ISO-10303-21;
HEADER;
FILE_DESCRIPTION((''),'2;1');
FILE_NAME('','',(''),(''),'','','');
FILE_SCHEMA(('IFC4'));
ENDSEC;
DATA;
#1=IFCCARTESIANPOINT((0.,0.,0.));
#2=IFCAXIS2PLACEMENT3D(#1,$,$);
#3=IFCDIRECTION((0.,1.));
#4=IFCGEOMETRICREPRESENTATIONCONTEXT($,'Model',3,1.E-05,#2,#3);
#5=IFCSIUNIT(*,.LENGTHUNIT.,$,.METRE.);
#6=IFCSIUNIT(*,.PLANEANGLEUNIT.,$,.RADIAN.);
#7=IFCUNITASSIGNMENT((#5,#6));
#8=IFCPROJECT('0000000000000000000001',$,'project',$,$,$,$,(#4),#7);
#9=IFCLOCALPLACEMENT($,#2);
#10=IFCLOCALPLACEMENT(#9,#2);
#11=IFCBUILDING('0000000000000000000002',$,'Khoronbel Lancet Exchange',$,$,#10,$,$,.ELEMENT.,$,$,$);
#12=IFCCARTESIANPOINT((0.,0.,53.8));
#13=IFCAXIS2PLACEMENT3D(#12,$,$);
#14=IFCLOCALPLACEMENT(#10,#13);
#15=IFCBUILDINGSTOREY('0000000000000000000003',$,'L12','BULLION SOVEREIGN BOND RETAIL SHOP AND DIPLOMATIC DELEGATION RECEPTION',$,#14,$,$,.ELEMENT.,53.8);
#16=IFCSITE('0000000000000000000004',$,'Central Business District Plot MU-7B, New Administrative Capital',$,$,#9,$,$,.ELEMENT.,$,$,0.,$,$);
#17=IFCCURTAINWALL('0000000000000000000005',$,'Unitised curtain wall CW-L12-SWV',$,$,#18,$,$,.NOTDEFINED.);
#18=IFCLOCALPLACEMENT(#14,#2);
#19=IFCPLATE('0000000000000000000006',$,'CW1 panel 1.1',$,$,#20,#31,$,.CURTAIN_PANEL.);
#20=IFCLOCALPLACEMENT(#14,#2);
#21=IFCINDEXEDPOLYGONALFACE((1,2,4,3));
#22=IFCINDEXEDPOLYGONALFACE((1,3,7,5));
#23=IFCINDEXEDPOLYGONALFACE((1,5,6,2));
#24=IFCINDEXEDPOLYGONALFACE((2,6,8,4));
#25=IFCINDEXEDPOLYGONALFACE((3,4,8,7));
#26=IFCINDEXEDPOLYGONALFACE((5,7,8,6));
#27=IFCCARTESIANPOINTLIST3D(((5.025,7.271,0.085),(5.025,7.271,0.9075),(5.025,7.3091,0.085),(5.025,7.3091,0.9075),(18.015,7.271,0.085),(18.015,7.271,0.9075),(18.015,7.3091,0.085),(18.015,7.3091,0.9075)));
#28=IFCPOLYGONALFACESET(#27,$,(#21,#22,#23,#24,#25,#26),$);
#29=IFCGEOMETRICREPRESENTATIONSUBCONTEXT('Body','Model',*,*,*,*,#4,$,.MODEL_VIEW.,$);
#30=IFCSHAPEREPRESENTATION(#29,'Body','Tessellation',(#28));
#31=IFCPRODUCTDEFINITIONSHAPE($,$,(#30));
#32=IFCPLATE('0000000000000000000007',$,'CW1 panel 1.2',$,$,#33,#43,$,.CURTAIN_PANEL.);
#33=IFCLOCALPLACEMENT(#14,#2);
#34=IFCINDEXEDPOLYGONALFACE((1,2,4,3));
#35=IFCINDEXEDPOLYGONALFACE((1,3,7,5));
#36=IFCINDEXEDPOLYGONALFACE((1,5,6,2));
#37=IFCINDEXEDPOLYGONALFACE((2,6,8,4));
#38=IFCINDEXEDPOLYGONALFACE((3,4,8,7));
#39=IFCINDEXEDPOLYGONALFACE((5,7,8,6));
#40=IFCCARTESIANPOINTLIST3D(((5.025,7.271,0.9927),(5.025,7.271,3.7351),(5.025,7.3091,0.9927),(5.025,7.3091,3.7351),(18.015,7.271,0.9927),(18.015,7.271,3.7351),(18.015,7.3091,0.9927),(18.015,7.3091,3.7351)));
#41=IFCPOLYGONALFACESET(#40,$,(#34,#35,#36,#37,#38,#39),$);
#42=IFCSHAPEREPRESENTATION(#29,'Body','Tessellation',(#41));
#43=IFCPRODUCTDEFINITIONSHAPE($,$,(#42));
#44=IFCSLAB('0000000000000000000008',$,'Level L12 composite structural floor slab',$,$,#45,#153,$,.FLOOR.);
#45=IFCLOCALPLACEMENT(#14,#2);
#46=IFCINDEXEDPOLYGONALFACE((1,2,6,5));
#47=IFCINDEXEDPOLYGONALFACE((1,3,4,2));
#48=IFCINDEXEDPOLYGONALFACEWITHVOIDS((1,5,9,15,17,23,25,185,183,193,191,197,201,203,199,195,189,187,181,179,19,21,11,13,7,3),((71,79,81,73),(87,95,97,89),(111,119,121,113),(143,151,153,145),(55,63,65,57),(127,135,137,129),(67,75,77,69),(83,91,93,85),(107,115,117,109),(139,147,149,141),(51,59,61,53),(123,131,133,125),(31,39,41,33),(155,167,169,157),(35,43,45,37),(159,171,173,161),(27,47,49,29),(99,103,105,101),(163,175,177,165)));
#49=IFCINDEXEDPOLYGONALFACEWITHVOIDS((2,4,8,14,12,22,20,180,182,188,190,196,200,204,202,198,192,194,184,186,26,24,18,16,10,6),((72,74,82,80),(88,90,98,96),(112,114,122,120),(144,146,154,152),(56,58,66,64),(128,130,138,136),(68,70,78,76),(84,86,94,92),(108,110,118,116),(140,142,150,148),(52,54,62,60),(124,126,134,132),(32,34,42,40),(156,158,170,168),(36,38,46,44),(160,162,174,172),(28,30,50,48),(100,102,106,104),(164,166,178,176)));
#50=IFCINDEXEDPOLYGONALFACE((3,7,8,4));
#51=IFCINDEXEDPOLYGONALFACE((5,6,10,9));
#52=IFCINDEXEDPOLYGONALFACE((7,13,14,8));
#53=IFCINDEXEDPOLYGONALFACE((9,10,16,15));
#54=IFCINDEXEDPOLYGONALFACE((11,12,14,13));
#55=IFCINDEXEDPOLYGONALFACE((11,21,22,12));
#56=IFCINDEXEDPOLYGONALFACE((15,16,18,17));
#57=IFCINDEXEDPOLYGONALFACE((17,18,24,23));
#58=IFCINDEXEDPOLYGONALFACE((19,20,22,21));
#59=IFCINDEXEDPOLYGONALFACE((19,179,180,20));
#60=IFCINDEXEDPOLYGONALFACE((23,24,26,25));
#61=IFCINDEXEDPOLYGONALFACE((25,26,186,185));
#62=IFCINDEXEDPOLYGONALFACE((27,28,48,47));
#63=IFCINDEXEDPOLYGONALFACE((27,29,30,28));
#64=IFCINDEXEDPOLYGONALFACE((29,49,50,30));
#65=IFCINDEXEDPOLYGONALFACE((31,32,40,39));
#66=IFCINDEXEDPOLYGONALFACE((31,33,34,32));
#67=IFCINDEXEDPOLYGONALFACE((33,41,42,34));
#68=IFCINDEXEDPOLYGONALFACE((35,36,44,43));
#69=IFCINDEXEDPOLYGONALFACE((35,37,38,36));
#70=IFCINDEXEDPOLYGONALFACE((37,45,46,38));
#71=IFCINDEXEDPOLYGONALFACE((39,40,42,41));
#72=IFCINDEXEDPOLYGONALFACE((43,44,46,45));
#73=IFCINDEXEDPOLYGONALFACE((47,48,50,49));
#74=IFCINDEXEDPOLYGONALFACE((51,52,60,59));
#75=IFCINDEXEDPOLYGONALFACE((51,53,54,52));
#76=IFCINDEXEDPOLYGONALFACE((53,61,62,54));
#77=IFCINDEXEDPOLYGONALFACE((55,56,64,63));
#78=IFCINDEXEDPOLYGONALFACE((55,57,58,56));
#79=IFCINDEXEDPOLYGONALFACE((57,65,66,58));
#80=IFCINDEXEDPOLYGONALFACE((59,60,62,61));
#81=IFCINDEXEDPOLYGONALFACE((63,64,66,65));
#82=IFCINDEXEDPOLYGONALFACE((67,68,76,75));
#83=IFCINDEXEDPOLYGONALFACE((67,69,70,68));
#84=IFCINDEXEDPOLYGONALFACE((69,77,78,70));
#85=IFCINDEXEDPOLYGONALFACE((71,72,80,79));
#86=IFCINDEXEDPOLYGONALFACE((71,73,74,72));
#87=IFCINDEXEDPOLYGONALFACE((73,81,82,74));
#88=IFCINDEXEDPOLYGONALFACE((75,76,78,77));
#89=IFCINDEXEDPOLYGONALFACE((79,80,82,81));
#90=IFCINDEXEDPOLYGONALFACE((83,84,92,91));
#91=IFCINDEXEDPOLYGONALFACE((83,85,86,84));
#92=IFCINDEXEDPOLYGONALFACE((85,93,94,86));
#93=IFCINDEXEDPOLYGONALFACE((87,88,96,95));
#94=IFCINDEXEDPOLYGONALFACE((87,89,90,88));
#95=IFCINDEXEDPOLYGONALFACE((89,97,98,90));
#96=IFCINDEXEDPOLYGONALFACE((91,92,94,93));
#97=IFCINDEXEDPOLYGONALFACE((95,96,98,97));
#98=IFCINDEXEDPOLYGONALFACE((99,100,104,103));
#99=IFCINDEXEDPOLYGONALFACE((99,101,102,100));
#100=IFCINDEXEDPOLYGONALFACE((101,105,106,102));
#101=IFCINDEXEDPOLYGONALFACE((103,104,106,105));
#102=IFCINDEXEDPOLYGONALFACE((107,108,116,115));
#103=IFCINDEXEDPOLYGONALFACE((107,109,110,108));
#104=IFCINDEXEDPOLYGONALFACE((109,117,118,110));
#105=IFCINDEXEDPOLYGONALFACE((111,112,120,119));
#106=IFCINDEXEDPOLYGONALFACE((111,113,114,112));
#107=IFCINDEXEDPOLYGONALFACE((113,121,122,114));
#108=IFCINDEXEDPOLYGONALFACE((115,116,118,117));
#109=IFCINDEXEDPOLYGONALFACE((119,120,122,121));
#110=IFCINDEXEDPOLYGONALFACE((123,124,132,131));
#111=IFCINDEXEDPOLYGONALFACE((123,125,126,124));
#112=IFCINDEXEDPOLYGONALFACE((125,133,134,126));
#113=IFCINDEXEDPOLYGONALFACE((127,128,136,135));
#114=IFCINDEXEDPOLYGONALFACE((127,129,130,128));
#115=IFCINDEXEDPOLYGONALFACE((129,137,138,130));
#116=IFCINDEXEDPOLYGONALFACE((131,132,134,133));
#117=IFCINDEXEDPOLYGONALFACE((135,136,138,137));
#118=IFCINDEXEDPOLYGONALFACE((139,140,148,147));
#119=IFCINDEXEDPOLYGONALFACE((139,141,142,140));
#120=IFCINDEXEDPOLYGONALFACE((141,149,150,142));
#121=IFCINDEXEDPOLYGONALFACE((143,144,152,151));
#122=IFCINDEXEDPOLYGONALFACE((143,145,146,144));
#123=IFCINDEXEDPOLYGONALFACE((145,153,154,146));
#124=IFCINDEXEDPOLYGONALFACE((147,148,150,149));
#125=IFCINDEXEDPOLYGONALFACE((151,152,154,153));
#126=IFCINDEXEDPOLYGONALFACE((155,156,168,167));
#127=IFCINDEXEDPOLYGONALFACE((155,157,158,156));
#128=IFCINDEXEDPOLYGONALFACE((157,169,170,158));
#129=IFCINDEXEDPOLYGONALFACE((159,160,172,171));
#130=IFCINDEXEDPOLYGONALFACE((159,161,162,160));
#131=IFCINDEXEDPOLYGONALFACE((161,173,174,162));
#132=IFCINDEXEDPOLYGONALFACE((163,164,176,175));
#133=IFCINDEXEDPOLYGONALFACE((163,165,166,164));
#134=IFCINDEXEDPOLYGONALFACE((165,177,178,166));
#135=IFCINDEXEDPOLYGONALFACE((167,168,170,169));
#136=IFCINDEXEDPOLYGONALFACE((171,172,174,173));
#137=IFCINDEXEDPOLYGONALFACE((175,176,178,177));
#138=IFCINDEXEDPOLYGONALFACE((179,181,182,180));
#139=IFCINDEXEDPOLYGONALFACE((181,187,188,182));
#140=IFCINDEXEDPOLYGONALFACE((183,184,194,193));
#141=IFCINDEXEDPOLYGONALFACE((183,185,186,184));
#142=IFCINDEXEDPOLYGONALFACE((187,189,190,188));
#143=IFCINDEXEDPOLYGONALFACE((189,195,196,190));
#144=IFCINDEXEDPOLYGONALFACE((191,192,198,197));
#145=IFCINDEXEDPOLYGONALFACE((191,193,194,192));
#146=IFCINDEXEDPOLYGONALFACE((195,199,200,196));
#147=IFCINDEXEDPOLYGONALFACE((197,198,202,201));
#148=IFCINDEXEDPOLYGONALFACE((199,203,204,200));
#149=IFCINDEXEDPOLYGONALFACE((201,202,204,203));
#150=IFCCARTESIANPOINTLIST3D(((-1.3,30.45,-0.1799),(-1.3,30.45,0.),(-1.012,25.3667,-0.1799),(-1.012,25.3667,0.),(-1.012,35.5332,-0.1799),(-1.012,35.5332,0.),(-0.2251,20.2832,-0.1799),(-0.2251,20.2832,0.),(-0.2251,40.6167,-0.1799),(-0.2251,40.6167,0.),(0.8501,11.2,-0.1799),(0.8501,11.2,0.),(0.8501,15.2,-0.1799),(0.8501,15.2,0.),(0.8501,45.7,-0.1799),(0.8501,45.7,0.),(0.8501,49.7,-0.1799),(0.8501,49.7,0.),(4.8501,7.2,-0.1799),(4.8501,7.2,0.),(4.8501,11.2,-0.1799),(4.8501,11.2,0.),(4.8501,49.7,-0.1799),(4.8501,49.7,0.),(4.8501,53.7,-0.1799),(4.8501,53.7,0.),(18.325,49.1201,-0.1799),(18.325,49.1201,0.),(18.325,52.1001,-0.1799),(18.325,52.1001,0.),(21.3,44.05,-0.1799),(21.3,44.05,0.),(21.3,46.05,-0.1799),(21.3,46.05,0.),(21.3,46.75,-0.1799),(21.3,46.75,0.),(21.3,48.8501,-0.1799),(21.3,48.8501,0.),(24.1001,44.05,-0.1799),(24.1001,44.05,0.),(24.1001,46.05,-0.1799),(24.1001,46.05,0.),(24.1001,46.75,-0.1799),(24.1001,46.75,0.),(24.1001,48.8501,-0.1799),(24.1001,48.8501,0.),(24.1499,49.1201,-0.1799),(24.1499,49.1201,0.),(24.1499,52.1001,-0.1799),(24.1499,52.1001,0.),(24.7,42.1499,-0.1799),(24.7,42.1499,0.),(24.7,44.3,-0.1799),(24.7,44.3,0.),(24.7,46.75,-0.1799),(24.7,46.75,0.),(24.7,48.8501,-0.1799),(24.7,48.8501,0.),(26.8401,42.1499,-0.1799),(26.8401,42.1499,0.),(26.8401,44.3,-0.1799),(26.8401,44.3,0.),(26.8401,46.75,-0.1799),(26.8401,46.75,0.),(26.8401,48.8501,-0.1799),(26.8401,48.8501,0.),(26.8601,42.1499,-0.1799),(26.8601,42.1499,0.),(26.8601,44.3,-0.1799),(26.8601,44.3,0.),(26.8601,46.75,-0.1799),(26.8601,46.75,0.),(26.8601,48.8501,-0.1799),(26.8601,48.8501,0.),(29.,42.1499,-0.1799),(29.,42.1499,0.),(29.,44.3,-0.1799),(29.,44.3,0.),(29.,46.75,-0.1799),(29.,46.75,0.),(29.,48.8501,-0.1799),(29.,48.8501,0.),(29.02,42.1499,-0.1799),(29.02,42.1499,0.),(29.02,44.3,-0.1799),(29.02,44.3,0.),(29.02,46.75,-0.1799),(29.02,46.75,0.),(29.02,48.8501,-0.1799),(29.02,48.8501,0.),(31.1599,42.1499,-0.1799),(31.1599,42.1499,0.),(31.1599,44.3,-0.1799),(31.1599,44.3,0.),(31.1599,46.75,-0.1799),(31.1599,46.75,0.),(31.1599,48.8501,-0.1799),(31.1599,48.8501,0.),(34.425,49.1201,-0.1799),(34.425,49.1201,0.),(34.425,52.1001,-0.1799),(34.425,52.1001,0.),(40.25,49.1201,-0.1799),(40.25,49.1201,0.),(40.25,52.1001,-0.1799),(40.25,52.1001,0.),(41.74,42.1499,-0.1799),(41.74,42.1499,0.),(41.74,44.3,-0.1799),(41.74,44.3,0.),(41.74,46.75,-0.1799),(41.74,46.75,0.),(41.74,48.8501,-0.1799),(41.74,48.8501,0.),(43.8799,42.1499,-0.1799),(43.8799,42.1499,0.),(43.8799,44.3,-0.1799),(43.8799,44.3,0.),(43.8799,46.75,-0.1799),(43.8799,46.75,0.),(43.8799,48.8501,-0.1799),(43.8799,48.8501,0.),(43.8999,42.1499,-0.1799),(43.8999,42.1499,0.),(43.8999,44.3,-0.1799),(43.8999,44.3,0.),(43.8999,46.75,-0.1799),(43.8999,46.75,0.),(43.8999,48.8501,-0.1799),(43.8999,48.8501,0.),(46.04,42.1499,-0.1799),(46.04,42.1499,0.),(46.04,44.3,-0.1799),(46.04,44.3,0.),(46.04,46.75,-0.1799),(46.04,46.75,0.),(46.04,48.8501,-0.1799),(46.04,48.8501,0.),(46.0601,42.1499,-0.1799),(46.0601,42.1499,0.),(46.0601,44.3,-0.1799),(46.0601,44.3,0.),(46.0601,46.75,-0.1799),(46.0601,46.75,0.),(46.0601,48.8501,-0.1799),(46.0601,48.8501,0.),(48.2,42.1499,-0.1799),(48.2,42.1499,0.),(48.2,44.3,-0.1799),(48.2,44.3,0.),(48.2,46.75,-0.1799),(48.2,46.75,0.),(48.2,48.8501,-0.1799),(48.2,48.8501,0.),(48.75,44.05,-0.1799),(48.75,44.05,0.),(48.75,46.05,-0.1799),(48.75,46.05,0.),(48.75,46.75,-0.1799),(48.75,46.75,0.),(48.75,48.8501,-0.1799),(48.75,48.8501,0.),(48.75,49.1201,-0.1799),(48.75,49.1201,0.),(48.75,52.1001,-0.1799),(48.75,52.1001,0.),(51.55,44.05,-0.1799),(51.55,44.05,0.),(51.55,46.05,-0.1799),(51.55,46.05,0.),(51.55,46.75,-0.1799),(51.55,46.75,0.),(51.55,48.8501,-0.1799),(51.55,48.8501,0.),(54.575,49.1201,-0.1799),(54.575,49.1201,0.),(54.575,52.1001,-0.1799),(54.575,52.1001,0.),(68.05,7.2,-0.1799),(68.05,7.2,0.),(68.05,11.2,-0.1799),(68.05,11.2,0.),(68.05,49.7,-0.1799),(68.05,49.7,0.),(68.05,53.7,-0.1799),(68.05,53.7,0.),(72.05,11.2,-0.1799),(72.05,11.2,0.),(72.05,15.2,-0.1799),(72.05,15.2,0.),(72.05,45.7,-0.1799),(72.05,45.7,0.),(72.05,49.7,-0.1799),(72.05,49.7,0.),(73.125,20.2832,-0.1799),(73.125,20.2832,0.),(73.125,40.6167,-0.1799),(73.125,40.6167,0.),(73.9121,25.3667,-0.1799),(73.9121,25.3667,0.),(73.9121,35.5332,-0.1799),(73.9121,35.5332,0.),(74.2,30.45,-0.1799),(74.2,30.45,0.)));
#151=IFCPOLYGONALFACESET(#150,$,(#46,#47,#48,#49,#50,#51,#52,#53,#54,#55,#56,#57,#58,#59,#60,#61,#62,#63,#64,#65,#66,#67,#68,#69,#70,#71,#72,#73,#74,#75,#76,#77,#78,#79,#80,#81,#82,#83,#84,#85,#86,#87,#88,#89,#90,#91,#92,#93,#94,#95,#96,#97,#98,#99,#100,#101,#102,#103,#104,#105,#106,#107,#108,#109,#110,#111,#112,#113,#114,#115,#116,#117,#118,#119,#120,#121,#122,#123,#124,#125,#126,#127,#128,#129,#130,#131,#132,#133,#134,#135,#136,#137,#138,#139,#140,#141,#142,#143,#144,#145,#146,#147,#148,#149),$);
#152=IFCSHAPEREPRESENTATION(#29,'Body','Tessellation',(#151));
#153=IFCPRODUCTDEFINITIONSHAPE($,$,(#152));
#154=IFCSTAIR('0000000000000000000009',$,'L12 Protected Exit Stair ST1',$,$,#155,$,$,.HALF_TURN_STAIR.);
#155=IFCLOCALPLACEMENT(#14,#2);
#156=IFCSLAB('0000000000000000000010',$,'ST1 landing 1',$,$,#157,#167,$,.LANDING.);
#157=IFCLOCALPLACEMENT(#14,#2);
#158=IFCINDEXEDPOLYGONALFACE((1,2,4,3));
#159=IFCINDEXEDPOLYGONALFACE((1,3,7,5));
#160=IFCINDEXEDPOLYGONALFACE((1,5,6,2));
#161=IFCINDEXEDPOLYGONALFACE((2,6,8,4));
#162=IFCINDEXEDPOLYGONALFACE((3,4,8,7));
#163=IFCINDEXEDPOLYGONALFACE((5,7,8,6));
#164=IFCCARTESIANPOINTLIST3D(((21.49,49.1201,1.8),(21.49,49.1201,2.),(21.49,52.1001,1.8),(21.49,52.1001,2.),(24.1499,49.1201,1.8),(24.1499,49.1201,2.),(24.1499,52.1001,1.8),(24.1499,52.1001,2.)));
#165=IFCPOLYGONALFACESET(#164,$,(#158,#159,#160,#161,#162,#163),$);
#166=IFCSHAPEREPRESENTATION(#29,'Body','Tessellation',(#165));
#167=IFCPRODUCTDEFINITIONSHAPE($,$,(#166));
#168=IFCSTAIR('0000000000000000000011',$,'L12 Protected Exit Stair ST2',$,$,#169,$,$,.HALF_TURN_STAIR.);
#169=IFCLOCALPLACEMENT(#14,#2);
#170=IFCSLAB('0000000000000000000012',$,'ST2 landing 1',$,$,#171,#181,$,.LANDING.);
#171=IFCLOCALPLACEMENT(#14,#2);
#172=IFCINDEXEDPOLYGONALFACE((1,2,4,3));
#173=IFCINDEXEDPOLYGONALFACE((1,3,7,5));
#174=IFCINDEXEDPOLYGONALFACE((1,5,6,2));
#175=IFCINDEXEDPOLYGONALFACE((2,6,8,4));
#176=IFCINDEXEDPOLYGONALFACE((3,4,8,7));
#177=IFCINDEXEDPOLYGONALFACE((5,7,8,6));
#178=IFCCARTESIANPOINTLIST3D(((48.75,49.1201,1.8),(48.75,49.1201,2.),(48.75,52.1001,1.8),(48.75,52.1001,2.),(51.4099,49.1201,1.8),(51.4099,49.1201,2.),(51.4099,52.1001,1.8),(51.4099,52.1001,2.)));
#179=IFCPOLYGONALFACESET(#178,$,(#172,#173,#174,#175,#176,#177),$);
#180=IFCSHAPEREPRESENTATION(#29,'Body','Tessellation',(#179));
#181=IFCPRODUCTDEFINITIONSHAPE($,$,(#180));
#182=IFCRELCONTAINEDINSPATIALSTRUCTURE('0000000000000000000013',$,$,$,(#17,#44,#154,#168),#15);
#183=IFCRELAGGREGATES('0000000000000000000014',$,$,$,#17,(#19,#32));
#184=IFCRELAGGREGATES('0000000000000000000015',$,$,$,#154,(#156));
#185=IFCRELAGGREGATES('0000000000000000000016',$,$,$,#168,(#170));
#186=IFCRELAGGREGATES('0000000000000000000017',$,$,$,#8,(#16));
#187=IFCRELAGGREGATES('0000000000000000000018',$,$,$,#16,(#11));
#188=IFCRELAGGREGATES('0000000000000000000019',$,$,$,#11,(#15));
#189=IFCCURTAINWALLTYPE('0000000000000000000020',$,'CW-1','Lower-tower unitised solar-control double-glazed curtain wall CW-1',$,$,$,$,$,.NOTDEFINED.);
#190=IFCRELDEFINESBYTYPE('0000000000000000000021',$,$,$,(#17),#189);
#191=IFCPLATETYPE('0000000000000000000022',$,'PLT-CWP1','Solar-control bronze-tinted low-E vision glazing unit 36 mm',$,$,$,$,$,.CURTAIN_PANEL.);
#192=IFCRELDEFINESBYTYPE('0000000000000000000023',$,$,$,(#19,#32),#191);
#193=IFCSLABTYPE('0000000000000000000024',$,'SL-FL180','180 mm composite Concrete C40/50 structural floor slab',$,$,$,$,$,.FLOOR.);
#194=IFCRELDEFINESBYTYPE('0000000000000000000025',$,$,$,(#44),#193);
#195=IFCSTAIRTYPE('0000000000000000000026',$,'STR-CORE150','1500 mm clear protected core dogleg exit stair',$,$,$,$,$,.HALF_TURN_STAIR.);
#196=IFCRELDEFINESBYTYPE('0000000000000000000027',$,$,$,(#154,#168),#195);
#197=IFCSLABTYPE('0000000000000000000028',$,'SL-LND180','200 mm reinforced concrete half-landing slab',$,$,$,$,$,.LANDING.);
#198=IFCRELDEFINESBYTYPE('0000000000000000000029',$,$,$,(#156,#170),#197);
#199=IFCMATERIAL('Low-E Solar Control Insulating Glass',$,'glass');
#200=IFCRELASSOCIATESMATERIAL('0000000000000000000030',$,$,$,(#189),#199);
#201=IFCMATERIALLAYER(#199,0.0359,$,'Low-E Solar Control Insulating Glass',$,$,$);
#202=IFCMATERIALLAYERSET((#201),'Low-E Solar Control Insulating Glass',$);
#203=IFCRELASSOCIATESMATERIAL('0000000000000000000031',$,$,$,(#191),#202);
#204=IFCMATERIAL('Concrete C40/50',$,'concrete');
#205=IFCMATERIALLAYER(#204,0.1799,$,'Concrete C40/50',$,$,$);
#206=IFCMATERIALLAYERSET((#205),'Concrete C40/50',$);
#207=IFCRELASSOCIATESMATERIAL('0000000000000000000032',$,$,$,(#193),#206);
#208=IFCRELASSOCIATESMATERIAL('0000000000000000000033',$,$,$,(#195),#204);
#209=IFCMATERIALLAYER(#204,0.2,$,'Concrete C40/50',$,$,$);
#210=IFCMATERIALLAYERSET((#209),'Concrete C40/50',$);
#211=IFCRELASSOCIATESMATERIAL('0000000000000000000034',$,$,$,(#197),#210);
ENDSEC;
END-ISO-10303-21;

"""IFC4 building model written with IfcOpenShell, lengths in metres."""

from ifc_helpers import new_model, si_unit, direction, frame, origin, origin_2d, place, context, subcontext, project, spatial, polyline, rectangle, outline, extrude, material, layer, layer_set, type_object, element, aggregate, save


model = new_model("IFC4")

# Units and contexts
model_context = context("Model", 3, precision=1e-05, world=origin(), true_north=direction((0.0, 1.0)))
body_context = subcontext(model_context, "Body", "Model", "MODEL_VIEW")
ifc_project = project(units=[si_unit("LENGTHUNIT", "METRE"), si_unit("PLANEANGLEUNIT", "RADIAN")], contexts=[model_context])

# Site, building, storey
site_placement = place(None, origin())
site = spatial("IfcSite", under=ifc_project, at=site_placement, Name="Central Business District Plot MU-7B, New Administrative Capital", CompositionType="ELEMENT", RefElevation=0.0)
building_placement = place(site_placement, origin())
building = spatial("IfcBuilding", under=site, at=building_placement, Name="Khoronbel Lancet Exchange", CompositionType="ELEMENT")
storey_placement = place(building_placement, frame((0.0, 0.0, 53.8)))
storey = spatial("IfcBuildingStorey", under=building, at=storey_placement, Name="L12", Description="BULLION SOVEREIGN BOND RETAIL SHOP AND DIPLOMATIC DELEGATION RECEPTION", CompositionType="ELEMENT", Elevation=53.8)

# Curtain wall
ifc_material_1 = material(Name="Low-E Solar Control Insulating Glass", Category="glass")
curtain_wall_type = type_object("IfcCurtainWallType", Name="CW-1", Description="Lower-tower unitised solar-control double-glazed curtain wall CW-1", PredefinedType="NOTDEFINED", material=ifc_material_1)
curtain_wall_1_placement = place(storey_placement, origin())
curtain_wall_1 = element("IfcCurtainWall", 1, at=curtain_wall_1_placement, inside=storey, type_object=curtain_wall_type, Name="Unitised curtain wall CW-L12-SWV", PredefinedType="NOTDEFINED")

# Plates
ifc_layer_1 = layer(ifc_material_1, 0.0359, Name="Low-E Solar Control Insulating Glass")
ifc_layer_set_1 = layer_set([ifc_layer_1], Name="Low-E Solar Control Insulating Glass")
plate_type = type_object("IfcPlateType", Name="PLT-CWP1", Description="Solar-control bronze-tinted low-E vision glazing unit 36 mm", PredefinedType="CURTAIN_PANEL", material=ifc_layer_set_1)
plate_1_placement = place(storey_placement, frame((11.52, 7.29, 0.085), z_axis=(0.0, 0.0, 1.0), x_axis=(1.0, 0.0, 0.0)))
plate_1 = element("IfcPlate", 2, at=plate_1_placement, type_object=plate_type, Name="CW1 panel 1.1", PredefinedType="CURTAIN_PANEL", context=body_context, shape_type="SweptSolid", body=[
    extrude(rectangle(XDim=12.99, YDim=0.0381, at=origin_2d()), origin(), (0.0, 0.0, 1.0), 0.8225),
])
plate_2_placement = place(storey_placement, frame((11.52, 7.29, 0.9927), z_axis=(0.0, 0.0, 1.0), x_axis=(1.0, 0.0, 0.0)))
plate_2 = element("IfcPlate", 3, at=plate_2_placement, type_object=plate_type, Name="CW1 panel 1.2", PredefinedType="CURTAIN_PANEL", context=body_context, shape_type="SweptSolid", body=[
    extrude(rectangle(XDim=12.99, YDim=0.0381, at=origin_2d()), origin(), (0.0, 0.0, 1.0), 2.7424),
])
aggregate(curtain_wall_1, [plate_1, plate_2])

# Slab
ifc_material_2 = material(Name="Concrete C40/50", Category="concrete")
ifc_layer_2 = layer(ifc_material_2, 0.1799, Name="Concrete C40/50")
ifc_layer_set_2 = layer_set([ifc_layer_2], Name="Concrete C40/50")
slab_type_1 = type_object("IfcSlabType", Name="SL-FL180", Description="180 mm composite Concrete C40/50 structural floor slab", PredefinedType="FLOOR", material=ifc_layer_set_2)
slab_1_placement = place(storey_placement, frame((0.0, 0.0, -0.1799)))
element("IfcSlab", 4, at=slab_1_placement, inside=storey, type_object=slab_type_1, Name="Level L12 composite structural floor slab", PredefinedType="FLOOR", context=body_context, shape_type="SweptSolid", body=[
    extrude(outline(polyline([(4.8501, 7.2), (68.05, 7.2), (68.05, 11.2), (72.05, 11.2), (72.05, 15.2), (73.125, 20.2832), (73.9121, 25.3667), (74.2, 30.45), (73.9121, 35.5332), (73.125, 40.6167), (72.05, 45.7), (72.05, 49.7), (68.05, 49.7), (68.05, 53.7), (4.8501, 53.7), (4.8501, 49.7), (0.8501, 49.7), (0.8501, 45.7), (-0.2251, 40.6167), (-1.012, 35.5332), (-1.3, 30.45), (-1.012, 25.3667), (-0.2251, 20.2832), (0.8501, 15.2), (0.8501, 11.2), (4.8501, 11.2), (4.8501, 7.2)]), holes=[polyline([(18.325, 49.1201), (24.1499, 49.1201), (24.1499, 52.1001), (18.325, 52.1001), (18.325, 49.1201)]), polyline([(48.75, 49.1201), (54.575, 49.1201), (54.575, 52.1001), (48.75, 52.1001), (48.75, 49.1201)]), polyline([(34.425, 49.1201), (40.25, 49.1201), (40.25, 52.1001), (34.425, 52.1001), (34.425, 49.1201)]), polyline([(24.7, 46.75), (26.8401, 46.75), (26.8401, 48.8501), (24.7, 48.8501), (24.7, 46.75)]), polyline([(26.8601, 46.75), (29.0, 46.75), (29.0, 48.8501), (26.8601, 48.8501), (26.8601, 46.75)]), polyline([(29.02, 46.75), (31.1599, 46.75), (31.1599, 48.8501), (29.02, 48.8501), (29.02, 46.75)]), polyline([(24.7, 42.1499), (26.8401, 42.1499), (26.8401, 44.3), (24.7, 44.3), (24.7, 42.1499)]), polyline([(26.8601, 42.1499), (29.0, 42.1499), (29.0, 44.3), (26.8601, 44.3), (26.8601, 42.1499)]), polyline([(29.02, 42.1499), (31.1599, 42.1499), (31.1599, 44.3), (29.02, 44.3), (29.02, 42.1499)]), polyline([(41.74, 46.75), (43.8799, 46.75), (43.8799, 48.8501), (41.74, 48.8501), (41.74, 46.75)]), polyline([(43.8999, 46.75), (46.04, 46.75), (46.04, 48.8501), (43.8999, 48.8501), (43.8999, 46.75)]), polyline([(46.0601, 46.75), (48.2, 46.75), (48.2, 48.8501), (46.0601, 48.8501), (46.0601, 46.75)]), polyline([(41.74, 42.1499), (43.8799, 42.1499), (43.8799, 44.3), (41.74, 44.3), (41.74, 42.1499)]), polyline([(43.8999, 42.1499), (46.04, 42.1499), (46.04, 44.3), (43.8999, 44.3), (43.8999, 42.1499)]), polyline([(46.0601, 42.1499), (48.2, 42.1499), (48.2, 44.3), (46.0601, 44.3), (46.0601, 42.1499)]), polyline([(21.3, 46.75), (24.1001, 46.75), (24.1001, 48.8501), (21.3, 48.8501), (21.3, 46.75)]), polyline([(48.75, 46.75), (51.55, 46.75), (51.55, 48.8501), (48.75, 48.8501), (48.75, 46.75)]), polyline([(21.3, 44.05), (24.1001, 44.05), (24.1001, 46.05), (21.3, 46.05), (21.3, 44.05)]), polyline([(48.75, 44.05), (51.55, 44.05), (51.55, 46.05), (48.75, 46.05), (48.75, 44.05)])]), origin(), (0.0, 0.0, 1.0), 0.1799),
])

# Stairs, slabs
stair_type = type_object("IfcStairType", Name="STR-CORE150", Description="1500 mm clear protected core dogleg exit stair", PredefinedType="HALF_TURN_STAIR", material=ifc_material_2)
stair_1_placement = place(storey_placement, origin())
stair_1 = element("IfcStair", 5, at=stair_1_placement, inside=storey, type_object=stair_type, Name="L12 Protected Exit Stair ST1", PredefinedType="HALF_TURN_STAIR")
ifc_layer_3 = layer(ifc_material_2, 0.2, Name="Concrete C40/50")
ifc_layer_set_3 = layer_set([ifc_layer_3], Name="Concrete C40/50")
slab_type_2 = type_object("IfcSlabType", Name="SL-LND180", Description="200 mm reinforced concrete half-landing slab", PredefinedType="LANDING", material=ifc_layer_set_3)
slab_2_placement = place(storey_placement, frame((0.0, 0.0, 1.8)))
slab_2 = element("IfcSlab", 6, at=slab_2_placement, type_object=slab_type_2, Name="ST1 landing 1", PredefinedType="LANDING", context=body_context, shape_type="SweptSolid", body=[
    extrude(outline(polyline([(21.49, 49.1201), (24.1499, 49.1201), (24.1499, 52.1001), (21.49, 52.1001), (21.49, 49.1201)])), origin(), (0.0, 0.0, 1.0), 0.2),
])
aggregate(stair_1, [slab_2])
stair_2_placement = place(storey_placement, origin())
stair_2 = element("IfcStair", 7, at=stair_2_placement, inside=storey, type_object=stair_type, Name="L12 Protected Exit Stair ST2", PredefinedType="HALF_TURN_STAIR")
slab_3_placement = place(storey_placement, frame((0.0, 0.0, 1.8)))
slab_3 = element("IfcSlab", 8, at=slab_3_placement, type_object=slab_type_2, Name="ST2 landing 1", PredefinedType="LANDING", context=body_context, shape_type="SweptSolid", body=[
    extrude(outline(polyline([(51.4099, 52.1001), (48.75, 52.1001), (48.75, 49.1201), (51.4099, 49.1201), (51.4099, 52.1001)])), origin(), (0.0, 0.0, 1.0), 0.2),
])
aggregate(stair_2, [slab_3])

save(model, "model.ifc")
